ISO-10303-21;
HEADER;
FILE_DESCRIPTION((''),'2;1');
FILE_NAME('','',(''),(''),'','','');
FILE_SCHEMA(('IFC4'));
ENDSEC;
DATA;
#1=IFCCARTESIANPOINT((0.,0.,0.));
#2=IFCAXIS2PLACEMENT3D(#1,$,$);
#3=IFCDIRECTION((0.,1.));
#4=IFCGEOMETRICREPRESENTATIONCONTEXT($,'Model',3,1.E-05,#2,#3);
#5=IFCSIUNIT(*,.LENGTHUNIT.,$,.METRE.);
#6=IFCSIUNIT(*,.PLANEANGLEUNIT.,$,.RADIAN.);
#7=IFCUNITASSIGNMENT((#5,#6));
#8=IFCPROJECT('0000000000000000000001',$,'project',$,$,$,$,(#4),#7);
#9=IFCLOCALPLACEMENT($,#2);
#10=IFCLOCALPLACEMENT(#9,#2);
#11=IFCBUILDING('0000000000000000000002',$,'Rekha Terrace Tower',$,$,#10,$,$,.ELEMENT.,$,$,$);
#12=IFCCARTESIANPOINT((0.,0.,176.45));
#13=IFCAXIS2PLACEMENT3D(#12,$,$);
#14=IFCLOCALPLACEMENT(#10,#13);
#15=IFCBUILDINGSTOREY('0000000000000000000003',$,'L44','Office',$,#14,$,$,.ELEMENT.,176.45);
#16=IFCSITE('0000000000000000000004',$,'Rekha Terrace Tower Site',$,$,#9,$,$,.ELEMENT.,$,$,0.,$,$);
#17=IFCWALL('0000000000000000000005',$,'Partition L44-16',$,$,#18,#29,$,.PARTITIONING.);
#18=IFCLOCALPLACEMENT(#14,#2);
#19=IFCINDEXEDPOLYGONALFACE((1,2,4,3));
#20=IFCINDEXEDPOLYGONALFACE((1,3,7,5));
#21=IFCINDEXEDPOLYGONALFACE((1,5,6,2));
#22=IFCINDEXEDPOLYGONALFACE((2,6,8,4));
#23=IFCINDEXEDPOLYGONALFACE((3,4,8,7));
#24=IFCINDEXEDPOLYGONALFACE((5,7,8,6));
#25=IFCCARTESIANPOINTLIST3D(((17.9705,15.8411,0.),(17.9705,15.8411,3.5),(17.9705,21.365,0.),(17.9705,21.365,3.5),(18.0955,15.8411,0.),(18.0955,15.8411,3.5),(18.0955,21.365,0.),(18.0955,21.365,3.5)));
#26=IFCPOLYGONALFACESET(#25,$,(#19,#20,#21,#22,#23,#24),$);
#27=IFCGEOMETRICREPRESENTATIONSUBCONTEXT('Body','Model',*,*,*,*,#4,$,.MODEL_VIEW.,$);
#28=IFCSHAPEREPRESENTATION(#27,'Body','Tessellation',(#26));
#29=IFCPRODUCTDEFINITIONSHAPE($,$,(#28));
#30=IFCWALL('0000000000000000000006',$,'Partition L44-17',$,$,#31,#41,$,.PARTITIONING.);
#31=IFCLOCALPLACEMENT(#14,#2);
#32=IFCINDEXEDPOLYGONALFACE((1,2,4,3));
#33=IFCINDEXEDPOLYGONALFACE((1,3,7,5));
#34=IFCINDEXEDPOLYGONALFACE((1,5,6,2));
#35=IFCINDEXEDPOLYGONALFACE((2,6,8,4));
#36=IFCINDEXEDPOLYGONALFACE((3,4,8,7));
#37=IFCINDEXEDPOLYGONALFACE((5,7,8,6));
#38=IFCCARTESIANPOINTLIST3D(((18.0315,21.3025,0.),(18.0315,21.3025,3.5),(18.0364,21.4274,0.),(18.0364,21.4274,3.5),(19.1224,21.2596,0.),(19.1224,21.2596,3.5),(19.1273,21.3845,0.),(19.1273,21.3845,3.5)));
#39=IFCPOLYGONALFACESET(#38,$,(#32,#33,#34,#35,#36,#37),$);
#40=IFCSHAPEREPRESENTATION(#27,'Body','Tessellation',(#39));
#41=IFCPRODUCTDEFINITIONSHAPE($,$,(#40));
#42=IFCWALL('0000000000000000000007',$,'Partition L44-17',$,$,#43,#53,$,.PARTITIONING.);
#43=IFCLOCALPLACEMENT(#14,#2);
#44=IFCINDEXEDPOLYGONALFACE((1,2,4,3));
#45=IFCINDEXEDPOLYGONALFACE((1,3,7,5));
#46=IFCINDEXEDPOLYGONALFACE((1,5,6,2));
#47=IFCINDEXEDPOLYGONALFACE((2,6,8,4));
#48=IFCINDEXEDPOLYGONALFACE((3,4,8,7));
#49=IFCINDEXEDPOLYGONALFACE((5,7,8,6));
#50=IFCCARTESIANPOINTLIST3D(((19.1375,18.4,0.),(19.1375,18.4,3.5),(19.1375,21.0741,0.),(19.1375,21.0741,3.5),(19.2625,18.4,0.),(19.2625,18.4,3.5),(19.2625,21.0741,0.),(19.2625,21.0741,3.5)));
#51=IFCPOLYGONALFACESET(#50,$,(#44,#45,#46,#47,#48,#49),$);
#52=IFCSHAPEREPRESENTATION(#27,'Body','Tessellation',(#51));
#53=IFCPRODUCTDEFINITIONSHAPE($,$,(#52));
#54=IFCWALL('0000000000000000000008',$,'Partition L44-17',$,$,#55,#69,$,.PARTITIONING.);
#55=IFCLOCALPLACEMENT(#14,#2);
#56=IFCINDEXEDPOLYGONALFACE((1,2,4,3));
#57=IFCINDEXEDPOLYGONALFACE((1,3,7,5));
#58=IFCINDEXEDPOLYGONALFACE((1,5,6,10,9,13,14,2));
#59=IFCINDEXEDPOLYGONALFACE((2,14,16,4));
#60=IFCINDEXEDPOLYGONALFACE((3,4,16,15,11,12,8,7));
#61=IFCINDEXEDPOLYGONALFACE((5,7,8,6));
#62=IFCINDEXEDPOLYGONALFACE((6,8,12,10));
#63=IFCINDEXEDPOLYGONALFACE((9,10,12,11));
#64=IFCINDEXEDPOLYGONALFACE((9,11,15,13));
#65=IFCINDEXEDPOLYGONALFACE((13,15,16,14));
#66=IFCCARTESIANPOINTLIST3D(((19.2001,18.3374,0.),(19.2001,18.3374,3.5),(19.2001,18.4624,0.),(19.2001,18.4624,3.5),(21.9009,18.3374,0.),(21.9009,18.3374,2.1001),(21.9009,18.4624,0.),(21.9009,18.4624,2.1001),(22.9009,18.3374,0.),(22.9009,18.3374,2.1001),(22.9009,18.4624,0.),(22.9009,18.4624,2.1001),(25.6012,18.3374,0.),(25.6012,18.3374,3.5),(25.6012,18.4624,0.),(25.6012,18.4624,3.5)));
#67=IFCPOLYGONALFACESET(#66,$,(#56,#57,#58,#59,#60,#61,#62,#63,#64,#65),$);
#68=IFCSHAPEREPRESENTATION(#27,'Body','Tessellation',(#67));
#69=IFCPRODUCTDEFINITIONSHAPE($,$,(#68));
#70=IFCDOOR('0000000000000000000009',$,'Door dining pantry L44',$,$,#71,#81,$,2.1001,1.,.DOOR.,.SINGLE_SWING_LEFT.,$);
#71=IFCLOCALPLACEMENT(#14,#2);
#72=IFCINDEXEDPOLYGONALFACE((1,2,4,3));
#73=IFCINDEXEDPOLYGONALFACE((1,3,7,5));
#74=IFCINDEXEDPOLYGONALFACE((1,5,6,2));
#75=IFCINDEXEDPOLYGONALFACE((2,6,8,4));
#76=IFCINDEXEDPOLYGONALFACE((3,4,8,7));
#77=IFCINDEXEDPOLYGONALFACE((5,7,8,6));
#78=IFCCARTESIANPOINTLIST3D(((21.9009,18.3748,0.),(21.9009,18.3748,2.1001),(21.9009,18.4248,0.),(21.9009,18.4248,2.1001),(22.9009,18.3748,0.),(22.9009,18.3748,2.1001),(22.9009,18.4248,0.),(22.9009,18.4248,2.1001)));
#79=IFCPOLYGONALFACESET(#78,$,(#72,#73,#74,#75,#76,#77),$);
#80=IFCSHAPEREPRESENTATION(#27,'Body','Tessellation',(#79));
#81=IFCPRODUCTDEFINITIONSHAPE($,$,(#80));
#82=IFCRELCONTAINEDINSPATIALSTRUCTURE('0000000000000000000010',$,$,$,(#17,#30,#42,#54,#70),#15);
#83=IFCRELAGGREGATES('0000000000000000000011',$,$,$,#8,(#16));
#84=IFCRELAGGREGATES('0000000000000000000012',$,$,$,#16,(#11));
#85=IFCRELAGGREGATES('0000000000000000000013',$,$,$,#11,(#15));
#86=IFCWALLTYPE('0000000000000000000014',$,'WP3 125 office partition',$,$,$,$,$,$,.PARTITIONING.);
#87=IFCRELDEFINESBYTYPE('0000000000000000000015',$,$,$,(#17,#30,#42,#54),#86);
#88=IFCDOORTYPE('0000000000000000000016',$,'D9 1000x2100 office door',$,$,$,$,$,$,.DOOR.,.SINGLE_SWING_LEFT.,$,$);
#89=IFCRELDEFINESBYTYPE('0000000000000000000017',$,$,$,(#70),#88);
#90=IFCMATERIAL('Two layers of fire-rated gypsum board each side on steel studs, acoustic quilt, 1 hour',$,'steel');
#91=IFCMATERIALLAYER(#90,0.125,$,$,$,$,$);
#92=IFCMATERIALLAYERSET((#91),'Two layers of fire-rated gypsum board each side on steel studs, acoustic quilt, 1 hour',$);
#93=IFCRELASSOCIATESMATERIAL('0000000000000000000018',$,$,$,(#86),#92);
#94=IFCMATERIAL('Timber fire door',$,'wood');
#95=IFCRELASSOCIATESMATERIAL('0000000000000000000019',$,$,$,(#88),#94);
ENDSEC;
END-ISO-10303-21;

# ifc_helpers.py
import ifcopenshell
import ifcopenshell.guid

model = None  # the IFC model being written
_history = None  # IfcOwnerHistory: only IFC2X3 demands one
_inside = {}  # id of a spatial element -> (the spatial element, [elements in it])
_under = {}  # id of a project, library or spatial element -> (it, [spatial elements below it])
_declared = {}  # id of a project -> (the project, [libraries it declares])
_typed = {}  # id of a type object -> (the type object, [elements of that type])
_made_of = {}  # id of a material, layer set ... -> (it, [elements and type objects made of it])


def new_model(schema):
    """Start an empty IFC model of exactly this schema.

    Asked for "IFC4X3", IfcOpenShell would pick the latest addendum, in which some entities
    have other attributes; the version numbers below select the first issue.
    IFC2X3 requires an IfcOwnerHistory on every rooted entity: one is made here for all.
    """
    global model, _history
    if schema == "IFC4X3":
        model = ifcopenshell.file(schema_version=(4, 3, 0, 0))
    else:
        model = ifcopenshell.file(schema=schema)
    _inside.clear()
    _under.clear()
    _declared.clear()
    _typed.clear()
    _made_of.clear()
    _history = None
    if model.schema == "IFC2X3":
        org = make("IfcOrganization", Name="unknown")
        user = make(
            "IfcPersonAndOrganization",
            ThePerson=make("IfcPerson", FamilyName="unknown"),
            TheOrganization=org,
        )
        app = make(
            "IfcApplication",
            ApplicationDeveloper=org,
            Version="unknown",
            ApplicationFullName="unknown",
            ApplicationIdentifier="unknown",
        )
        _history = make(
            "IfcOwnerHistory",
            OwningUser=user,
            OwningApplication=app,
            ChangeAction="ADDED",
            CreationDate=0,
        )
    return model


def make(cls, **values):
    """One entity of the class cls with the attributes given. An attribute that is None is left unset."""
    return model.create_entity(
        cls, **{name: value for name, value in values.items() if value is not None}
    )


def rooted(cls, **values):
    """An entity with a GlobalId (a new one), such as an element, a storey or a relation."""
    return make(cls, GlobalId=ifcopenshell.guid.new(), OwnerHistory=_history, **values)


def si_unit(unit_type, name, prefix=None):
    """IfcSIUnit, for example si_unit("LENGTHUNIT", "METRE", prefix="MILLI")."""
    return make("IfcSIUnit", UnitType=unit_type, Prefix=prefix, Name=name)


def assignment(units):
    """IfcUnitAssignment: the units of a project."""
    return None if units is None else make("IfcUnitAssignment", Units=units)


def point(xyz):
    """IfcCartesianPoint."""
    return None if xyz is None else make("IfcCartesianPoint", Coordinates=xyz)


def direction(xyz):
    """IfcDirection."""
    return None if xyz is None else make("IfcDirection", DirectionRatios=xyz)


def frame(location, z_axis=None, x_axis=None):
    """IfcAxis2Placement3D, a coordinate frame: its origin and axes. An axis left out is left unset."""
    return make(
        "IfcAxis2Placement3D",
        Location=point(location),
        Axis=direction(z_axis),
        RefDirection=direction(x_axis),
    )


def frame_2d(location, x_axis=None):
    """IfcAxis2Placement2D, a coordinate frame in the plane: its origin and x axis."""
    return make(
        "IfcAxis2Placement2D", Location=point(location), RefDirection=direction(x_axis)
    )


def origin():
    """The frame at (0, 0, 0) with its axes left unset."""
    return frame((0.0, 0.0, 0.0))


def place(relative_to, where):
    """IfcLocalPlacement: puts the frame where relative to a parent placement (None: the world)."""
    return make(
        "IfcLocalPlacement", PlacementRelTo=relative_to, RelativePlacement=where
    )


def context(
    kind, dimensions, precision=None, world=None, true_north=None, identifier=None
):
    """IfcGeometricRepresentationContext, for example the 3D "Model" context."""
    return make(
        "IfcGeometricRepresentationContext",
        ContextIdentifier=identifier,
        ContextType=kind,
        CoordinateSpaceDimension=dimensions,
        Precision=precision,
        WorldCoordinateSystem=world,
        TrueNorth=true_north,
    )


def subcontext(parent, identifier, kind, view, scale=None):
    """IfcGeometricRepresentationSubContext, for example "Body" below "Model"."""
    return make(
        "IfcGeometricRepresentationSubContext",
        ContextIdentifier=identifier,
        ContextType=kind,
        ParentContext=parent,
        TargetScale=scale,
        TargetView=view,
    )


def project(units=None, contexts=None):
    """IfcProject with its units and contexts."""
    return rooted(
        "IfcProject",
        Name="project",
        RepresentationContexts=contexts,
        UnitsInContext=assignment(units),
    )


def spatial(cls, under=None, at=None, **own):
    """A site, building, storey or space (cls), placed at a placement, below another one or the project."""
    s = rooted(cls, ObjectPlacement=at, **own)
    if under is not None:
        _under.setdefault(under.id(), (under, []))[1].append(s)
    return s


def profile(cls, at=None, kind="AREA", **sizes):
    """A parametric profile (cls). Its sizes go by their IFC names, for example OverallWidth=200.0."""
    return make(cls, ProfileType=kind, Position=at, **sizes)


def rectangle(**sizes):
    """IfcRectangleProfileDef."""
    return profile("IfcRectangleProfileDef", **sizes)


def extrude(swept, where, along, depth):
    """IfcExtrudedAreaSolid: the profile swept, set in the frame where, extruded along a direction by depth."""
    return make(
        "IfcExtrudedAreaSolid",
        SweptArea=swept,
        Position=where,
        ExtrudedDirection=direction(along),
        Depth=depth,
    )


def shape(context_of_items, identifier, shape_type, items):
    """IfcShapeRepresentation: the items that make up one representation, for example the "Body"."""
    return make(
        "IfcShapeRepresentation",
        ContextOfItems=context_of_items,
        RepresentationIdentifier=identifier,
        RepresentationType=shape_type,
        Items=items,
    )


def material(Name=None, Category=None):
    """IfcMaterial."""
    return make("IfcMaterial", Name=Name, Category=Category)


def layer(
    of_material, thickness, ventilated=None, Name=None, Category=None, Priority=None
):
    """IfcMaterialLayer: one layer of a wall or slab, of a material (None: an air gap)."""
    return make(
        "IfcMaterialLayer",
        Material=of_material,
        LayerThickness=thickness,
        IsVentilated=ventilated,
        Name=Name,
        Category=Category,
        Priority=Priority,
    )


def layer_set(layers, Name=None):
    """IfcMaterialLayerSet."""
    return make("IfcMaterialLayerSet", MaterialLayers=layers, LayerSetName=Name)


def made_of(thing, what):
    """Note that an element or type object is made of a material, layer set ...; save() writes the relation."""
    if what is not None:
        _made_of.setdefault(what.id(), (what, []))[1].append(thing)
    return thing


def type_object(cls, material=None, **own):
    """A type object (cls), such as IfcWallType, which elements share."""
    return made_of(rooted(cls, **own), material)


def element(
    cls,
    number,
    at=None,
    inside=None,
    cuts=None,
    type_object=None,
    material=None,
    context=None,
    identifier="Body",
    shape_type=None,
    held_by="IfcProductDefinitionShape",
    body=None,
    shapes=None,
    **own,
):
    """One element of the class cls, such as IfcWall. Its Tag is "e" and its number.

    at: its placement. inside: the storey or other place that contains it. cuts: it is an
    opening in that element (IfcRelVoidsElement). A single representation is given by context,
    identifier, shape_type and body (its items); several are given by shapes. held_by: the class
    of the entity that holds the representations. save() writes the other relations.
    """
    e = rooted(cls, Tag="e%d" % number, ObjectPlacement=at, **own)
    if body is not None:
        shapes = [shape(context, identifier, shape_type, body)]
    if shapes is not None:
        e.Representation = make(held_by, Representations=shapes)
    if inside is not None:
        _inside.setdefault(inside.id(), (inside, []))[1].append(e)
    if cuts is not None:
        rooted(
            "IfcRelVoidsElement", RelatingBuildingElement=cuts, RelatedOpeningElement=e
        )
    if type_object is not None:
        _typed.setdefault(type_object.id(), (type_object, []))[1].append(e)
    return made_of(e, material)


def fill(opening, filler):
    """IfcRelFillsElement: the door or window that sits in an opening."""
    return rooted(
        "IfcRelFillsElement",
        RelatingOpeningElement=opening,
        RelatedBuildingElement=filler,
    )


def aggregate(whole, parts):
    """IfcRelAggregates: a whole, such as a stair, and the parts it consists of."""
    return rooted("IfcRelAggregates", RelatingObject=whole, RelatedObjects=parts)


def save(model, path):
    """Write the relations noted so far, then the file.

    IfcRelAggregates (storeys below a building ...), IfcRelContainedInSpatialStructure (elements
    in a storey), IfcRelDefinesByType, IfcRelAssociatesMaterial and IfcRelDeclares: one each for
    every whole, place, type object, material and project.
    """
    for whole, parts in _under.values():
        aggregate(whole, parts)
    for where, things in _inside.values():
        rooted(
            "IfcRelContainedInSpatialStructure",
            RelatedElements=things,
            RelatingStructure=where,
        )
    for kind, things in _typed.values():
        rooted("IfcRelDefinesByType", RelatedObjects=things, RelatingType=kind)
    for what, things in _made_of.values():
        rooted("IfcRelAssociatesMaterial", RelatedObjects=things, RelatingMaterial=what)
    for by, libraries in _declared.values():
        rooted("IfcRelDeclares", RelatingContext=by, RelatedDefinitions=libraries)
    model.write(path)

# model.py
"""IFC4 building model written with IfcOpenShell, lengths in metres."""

from ifc_helpers import new_model, si_unit, direction, frame, frame_2d, origin, place, context, subcontext, project, spatial, rectangle, extrude, material, layer, layer_set, type_object, element, fill, save


model = new_model("IFC4")

# Units and contexts
model_context = context("Model", 3, precision=1e-05, world=origin(), true_north=direction((0.0, 1.0)))
body_context = subcontext(model_context, "Body", "Model", "MODEL_VIEW")
ifc_project = project(units=[si_unit("LENGTHUNIT", "METRE"), si_unit("PLANEANGLEUNIT", "RADIAN")], contexts=[model_context])

# Site, building, storey
site_placement = place(None, origin())
site = spatial("IfcSite", under=ifc_project, at=site_placement, Name="Rekha Terrace Tower Site", CompositionType="ELEMENT", RefElevation=0.0)
building_placement = place(site_placement, origin())
building = spatial("IfcBuilding", under=site, at=building_placement, Name="Rekha Terrace Tower", CompositionType="ELEMENT")
storey_placement = place(building_placement, frame((0.0, 0.0, 176.45)))
storey = spatial("IfcBuildingStorey", under=building, at=storey_placement, Name="L44", Description="Office", CompositionType="ELEMENT", Elevation=176.45)

# Shared definitions
ifc_material_1 = material(Name="Two layers of fire-rated gypsum board each side on steel studs, acoustic quilt, 1 hour", Category="steel")
ifc_layer_1 = layer(ifc_material_1, 0.125)
ifc_layer_set_1 = layer_set([ifc_layer_1], Name="Two layers of fire-rated gypsum board each side on steel studs, acoustic quilt, 1 hour")
wall_type_1 = type_object("IfcWallType", Name="WP3 125 office partition", PredefinedType="PARTITIONING", material=ifc_layer_set_1)

# Shared definitions
ifc_material_2 = material(Name="Timber fire door", Category="wood")

# Walls
wall_1_placement = place(storey_placement, frame((18.033, 21.365, 0.0), z_axis=(0.0, 0.0, 1.0), x_axis=(0.0, -1.0, 0.0)))
element("IfcWall", 1, at=wall_1_placement, inside=storey, type_object=wall_type_1, Name="Partition L44-16", PredefinedType="PARTITIONING", context=body_context, shape_type="SweptSolid", body=[
    extrude(rectangle(XDim=5.5239, YDim=0.125, at=frame_2d((2.762, 0.0))), origin(), (0.0, 0.0, 1.0), 3.5),
])
wall_2_placement = place(storey_placement, frame((18.0339, 21.365, 0.0), z_axis=(0.0, 0.0, 1.0), x_axis=(0.999225, -0.039352, 0.0)))
element("IfcWall", 2, at=wall_2_placement, inside=storey, type_object=wall_type_1, Name="Partition L44-17", PredefinedType="PARTITIONING", context=body_context, shape_type="SweptSolid", body=[
    extrude(rectangle(XDim=1.0918, YDim=0.125, at=frame_2d((0.5459, 0.0))), origin(), (0.0, 0.0, 1.0), 3.5),
])
wall_3_placement = place(storey_placement, frame((19.2, 21.074, 0.0), z_axis=(0.0, 0.0, 1.0), x_axis=(0.0, -1.0, 0.0)))
element("IfcWall", 3, at=wall_3_placement, inside=storey, type_object=wall_type_1, Name="Partition L44-17", PredefinedType="PARTITIONING", context=body_context, shape_type="SweptSolid", body=[
    extrude(rectangle(XDim=2.6741, YDim=0.125, at=frame_2d((1.3369, 0.0))), origin(), (0.0, 0.0, 1.0), 3.5),
])

# Wall, opening, door
wall_4_placement = place(storey_placement, frame((19.2, 18.3999, 0.0), z_axis=(0.0, 0.0, 1.0), x_axis=(1.0, 0.0, 0.0)))
wall_4 = element("IfcWall", 4, at=wall_4_placement, inside=storey, type_object=wall_type_1, Name="Partition L44-17", PredefinedType="PARTITIONING", context=body_context, shape_type="SweptSolid", body=[
    extrude(rectangle(XDim=6.4011, YDim=0.125, at=frame_2d((3.2007, 0.0))), origin(), (0.0, 0.0, 1.0), 3.5),
])
opening_1_placement = place(wall_4_placement, frame((2.7009, 0.0, 0.0)))
opening_1 = element("IfcOpeningElement", 5, at=opening_1_placement, cuts=wall_4, PredefinedType="OPENING", context=body_context, shape_type="SweptSolid", body=[
    extrude(rectangle(XDim=1.0, YDim=2.1001, at=frame_2d((0.5, 1.05))), frame((0.0, 0.0725, 0.0), z_axis=(0.0, -1.0, 0.0), x_axis=(1.0, 0.0, 0.0)), (0.0, 0.0, 1.0), 0.145),
])
door_type_1 = type_object("IfcDoorType", Name="D9 1000x2100 office door", OperationType="SINGLE_SWING_LEFT", PredefinedType="DOOR", material=ifc_material_2)
door_1_placement = place(opening_1_placement, origin())
door_1 = element("IfcDoor", 6, at=door_1_placement, inside=storey, type_object=door_type_1, Name="Door dining pantry L44", OperationType="SINGLE_SWING_LEFT", OverallHeight=2.1001, OverallWidth=1.0, PredefinedType="DOOR", context=body_context, shape_type="SweptSolid", body=[
    extrude(rectangle(XDim=1.0, YDim=2.1001, at=frame_2d((0.5, 1.05))), frame((0.0, 0.0249, 0.0), z_axis=(0.0, -1.0, 0.0), x_axis=(1.0, 0.0, 0.0)), (0.0, 0.0, 1.0), 0.05),
])
fill(opening_1, door_1)

save(model, "model.ifc")
